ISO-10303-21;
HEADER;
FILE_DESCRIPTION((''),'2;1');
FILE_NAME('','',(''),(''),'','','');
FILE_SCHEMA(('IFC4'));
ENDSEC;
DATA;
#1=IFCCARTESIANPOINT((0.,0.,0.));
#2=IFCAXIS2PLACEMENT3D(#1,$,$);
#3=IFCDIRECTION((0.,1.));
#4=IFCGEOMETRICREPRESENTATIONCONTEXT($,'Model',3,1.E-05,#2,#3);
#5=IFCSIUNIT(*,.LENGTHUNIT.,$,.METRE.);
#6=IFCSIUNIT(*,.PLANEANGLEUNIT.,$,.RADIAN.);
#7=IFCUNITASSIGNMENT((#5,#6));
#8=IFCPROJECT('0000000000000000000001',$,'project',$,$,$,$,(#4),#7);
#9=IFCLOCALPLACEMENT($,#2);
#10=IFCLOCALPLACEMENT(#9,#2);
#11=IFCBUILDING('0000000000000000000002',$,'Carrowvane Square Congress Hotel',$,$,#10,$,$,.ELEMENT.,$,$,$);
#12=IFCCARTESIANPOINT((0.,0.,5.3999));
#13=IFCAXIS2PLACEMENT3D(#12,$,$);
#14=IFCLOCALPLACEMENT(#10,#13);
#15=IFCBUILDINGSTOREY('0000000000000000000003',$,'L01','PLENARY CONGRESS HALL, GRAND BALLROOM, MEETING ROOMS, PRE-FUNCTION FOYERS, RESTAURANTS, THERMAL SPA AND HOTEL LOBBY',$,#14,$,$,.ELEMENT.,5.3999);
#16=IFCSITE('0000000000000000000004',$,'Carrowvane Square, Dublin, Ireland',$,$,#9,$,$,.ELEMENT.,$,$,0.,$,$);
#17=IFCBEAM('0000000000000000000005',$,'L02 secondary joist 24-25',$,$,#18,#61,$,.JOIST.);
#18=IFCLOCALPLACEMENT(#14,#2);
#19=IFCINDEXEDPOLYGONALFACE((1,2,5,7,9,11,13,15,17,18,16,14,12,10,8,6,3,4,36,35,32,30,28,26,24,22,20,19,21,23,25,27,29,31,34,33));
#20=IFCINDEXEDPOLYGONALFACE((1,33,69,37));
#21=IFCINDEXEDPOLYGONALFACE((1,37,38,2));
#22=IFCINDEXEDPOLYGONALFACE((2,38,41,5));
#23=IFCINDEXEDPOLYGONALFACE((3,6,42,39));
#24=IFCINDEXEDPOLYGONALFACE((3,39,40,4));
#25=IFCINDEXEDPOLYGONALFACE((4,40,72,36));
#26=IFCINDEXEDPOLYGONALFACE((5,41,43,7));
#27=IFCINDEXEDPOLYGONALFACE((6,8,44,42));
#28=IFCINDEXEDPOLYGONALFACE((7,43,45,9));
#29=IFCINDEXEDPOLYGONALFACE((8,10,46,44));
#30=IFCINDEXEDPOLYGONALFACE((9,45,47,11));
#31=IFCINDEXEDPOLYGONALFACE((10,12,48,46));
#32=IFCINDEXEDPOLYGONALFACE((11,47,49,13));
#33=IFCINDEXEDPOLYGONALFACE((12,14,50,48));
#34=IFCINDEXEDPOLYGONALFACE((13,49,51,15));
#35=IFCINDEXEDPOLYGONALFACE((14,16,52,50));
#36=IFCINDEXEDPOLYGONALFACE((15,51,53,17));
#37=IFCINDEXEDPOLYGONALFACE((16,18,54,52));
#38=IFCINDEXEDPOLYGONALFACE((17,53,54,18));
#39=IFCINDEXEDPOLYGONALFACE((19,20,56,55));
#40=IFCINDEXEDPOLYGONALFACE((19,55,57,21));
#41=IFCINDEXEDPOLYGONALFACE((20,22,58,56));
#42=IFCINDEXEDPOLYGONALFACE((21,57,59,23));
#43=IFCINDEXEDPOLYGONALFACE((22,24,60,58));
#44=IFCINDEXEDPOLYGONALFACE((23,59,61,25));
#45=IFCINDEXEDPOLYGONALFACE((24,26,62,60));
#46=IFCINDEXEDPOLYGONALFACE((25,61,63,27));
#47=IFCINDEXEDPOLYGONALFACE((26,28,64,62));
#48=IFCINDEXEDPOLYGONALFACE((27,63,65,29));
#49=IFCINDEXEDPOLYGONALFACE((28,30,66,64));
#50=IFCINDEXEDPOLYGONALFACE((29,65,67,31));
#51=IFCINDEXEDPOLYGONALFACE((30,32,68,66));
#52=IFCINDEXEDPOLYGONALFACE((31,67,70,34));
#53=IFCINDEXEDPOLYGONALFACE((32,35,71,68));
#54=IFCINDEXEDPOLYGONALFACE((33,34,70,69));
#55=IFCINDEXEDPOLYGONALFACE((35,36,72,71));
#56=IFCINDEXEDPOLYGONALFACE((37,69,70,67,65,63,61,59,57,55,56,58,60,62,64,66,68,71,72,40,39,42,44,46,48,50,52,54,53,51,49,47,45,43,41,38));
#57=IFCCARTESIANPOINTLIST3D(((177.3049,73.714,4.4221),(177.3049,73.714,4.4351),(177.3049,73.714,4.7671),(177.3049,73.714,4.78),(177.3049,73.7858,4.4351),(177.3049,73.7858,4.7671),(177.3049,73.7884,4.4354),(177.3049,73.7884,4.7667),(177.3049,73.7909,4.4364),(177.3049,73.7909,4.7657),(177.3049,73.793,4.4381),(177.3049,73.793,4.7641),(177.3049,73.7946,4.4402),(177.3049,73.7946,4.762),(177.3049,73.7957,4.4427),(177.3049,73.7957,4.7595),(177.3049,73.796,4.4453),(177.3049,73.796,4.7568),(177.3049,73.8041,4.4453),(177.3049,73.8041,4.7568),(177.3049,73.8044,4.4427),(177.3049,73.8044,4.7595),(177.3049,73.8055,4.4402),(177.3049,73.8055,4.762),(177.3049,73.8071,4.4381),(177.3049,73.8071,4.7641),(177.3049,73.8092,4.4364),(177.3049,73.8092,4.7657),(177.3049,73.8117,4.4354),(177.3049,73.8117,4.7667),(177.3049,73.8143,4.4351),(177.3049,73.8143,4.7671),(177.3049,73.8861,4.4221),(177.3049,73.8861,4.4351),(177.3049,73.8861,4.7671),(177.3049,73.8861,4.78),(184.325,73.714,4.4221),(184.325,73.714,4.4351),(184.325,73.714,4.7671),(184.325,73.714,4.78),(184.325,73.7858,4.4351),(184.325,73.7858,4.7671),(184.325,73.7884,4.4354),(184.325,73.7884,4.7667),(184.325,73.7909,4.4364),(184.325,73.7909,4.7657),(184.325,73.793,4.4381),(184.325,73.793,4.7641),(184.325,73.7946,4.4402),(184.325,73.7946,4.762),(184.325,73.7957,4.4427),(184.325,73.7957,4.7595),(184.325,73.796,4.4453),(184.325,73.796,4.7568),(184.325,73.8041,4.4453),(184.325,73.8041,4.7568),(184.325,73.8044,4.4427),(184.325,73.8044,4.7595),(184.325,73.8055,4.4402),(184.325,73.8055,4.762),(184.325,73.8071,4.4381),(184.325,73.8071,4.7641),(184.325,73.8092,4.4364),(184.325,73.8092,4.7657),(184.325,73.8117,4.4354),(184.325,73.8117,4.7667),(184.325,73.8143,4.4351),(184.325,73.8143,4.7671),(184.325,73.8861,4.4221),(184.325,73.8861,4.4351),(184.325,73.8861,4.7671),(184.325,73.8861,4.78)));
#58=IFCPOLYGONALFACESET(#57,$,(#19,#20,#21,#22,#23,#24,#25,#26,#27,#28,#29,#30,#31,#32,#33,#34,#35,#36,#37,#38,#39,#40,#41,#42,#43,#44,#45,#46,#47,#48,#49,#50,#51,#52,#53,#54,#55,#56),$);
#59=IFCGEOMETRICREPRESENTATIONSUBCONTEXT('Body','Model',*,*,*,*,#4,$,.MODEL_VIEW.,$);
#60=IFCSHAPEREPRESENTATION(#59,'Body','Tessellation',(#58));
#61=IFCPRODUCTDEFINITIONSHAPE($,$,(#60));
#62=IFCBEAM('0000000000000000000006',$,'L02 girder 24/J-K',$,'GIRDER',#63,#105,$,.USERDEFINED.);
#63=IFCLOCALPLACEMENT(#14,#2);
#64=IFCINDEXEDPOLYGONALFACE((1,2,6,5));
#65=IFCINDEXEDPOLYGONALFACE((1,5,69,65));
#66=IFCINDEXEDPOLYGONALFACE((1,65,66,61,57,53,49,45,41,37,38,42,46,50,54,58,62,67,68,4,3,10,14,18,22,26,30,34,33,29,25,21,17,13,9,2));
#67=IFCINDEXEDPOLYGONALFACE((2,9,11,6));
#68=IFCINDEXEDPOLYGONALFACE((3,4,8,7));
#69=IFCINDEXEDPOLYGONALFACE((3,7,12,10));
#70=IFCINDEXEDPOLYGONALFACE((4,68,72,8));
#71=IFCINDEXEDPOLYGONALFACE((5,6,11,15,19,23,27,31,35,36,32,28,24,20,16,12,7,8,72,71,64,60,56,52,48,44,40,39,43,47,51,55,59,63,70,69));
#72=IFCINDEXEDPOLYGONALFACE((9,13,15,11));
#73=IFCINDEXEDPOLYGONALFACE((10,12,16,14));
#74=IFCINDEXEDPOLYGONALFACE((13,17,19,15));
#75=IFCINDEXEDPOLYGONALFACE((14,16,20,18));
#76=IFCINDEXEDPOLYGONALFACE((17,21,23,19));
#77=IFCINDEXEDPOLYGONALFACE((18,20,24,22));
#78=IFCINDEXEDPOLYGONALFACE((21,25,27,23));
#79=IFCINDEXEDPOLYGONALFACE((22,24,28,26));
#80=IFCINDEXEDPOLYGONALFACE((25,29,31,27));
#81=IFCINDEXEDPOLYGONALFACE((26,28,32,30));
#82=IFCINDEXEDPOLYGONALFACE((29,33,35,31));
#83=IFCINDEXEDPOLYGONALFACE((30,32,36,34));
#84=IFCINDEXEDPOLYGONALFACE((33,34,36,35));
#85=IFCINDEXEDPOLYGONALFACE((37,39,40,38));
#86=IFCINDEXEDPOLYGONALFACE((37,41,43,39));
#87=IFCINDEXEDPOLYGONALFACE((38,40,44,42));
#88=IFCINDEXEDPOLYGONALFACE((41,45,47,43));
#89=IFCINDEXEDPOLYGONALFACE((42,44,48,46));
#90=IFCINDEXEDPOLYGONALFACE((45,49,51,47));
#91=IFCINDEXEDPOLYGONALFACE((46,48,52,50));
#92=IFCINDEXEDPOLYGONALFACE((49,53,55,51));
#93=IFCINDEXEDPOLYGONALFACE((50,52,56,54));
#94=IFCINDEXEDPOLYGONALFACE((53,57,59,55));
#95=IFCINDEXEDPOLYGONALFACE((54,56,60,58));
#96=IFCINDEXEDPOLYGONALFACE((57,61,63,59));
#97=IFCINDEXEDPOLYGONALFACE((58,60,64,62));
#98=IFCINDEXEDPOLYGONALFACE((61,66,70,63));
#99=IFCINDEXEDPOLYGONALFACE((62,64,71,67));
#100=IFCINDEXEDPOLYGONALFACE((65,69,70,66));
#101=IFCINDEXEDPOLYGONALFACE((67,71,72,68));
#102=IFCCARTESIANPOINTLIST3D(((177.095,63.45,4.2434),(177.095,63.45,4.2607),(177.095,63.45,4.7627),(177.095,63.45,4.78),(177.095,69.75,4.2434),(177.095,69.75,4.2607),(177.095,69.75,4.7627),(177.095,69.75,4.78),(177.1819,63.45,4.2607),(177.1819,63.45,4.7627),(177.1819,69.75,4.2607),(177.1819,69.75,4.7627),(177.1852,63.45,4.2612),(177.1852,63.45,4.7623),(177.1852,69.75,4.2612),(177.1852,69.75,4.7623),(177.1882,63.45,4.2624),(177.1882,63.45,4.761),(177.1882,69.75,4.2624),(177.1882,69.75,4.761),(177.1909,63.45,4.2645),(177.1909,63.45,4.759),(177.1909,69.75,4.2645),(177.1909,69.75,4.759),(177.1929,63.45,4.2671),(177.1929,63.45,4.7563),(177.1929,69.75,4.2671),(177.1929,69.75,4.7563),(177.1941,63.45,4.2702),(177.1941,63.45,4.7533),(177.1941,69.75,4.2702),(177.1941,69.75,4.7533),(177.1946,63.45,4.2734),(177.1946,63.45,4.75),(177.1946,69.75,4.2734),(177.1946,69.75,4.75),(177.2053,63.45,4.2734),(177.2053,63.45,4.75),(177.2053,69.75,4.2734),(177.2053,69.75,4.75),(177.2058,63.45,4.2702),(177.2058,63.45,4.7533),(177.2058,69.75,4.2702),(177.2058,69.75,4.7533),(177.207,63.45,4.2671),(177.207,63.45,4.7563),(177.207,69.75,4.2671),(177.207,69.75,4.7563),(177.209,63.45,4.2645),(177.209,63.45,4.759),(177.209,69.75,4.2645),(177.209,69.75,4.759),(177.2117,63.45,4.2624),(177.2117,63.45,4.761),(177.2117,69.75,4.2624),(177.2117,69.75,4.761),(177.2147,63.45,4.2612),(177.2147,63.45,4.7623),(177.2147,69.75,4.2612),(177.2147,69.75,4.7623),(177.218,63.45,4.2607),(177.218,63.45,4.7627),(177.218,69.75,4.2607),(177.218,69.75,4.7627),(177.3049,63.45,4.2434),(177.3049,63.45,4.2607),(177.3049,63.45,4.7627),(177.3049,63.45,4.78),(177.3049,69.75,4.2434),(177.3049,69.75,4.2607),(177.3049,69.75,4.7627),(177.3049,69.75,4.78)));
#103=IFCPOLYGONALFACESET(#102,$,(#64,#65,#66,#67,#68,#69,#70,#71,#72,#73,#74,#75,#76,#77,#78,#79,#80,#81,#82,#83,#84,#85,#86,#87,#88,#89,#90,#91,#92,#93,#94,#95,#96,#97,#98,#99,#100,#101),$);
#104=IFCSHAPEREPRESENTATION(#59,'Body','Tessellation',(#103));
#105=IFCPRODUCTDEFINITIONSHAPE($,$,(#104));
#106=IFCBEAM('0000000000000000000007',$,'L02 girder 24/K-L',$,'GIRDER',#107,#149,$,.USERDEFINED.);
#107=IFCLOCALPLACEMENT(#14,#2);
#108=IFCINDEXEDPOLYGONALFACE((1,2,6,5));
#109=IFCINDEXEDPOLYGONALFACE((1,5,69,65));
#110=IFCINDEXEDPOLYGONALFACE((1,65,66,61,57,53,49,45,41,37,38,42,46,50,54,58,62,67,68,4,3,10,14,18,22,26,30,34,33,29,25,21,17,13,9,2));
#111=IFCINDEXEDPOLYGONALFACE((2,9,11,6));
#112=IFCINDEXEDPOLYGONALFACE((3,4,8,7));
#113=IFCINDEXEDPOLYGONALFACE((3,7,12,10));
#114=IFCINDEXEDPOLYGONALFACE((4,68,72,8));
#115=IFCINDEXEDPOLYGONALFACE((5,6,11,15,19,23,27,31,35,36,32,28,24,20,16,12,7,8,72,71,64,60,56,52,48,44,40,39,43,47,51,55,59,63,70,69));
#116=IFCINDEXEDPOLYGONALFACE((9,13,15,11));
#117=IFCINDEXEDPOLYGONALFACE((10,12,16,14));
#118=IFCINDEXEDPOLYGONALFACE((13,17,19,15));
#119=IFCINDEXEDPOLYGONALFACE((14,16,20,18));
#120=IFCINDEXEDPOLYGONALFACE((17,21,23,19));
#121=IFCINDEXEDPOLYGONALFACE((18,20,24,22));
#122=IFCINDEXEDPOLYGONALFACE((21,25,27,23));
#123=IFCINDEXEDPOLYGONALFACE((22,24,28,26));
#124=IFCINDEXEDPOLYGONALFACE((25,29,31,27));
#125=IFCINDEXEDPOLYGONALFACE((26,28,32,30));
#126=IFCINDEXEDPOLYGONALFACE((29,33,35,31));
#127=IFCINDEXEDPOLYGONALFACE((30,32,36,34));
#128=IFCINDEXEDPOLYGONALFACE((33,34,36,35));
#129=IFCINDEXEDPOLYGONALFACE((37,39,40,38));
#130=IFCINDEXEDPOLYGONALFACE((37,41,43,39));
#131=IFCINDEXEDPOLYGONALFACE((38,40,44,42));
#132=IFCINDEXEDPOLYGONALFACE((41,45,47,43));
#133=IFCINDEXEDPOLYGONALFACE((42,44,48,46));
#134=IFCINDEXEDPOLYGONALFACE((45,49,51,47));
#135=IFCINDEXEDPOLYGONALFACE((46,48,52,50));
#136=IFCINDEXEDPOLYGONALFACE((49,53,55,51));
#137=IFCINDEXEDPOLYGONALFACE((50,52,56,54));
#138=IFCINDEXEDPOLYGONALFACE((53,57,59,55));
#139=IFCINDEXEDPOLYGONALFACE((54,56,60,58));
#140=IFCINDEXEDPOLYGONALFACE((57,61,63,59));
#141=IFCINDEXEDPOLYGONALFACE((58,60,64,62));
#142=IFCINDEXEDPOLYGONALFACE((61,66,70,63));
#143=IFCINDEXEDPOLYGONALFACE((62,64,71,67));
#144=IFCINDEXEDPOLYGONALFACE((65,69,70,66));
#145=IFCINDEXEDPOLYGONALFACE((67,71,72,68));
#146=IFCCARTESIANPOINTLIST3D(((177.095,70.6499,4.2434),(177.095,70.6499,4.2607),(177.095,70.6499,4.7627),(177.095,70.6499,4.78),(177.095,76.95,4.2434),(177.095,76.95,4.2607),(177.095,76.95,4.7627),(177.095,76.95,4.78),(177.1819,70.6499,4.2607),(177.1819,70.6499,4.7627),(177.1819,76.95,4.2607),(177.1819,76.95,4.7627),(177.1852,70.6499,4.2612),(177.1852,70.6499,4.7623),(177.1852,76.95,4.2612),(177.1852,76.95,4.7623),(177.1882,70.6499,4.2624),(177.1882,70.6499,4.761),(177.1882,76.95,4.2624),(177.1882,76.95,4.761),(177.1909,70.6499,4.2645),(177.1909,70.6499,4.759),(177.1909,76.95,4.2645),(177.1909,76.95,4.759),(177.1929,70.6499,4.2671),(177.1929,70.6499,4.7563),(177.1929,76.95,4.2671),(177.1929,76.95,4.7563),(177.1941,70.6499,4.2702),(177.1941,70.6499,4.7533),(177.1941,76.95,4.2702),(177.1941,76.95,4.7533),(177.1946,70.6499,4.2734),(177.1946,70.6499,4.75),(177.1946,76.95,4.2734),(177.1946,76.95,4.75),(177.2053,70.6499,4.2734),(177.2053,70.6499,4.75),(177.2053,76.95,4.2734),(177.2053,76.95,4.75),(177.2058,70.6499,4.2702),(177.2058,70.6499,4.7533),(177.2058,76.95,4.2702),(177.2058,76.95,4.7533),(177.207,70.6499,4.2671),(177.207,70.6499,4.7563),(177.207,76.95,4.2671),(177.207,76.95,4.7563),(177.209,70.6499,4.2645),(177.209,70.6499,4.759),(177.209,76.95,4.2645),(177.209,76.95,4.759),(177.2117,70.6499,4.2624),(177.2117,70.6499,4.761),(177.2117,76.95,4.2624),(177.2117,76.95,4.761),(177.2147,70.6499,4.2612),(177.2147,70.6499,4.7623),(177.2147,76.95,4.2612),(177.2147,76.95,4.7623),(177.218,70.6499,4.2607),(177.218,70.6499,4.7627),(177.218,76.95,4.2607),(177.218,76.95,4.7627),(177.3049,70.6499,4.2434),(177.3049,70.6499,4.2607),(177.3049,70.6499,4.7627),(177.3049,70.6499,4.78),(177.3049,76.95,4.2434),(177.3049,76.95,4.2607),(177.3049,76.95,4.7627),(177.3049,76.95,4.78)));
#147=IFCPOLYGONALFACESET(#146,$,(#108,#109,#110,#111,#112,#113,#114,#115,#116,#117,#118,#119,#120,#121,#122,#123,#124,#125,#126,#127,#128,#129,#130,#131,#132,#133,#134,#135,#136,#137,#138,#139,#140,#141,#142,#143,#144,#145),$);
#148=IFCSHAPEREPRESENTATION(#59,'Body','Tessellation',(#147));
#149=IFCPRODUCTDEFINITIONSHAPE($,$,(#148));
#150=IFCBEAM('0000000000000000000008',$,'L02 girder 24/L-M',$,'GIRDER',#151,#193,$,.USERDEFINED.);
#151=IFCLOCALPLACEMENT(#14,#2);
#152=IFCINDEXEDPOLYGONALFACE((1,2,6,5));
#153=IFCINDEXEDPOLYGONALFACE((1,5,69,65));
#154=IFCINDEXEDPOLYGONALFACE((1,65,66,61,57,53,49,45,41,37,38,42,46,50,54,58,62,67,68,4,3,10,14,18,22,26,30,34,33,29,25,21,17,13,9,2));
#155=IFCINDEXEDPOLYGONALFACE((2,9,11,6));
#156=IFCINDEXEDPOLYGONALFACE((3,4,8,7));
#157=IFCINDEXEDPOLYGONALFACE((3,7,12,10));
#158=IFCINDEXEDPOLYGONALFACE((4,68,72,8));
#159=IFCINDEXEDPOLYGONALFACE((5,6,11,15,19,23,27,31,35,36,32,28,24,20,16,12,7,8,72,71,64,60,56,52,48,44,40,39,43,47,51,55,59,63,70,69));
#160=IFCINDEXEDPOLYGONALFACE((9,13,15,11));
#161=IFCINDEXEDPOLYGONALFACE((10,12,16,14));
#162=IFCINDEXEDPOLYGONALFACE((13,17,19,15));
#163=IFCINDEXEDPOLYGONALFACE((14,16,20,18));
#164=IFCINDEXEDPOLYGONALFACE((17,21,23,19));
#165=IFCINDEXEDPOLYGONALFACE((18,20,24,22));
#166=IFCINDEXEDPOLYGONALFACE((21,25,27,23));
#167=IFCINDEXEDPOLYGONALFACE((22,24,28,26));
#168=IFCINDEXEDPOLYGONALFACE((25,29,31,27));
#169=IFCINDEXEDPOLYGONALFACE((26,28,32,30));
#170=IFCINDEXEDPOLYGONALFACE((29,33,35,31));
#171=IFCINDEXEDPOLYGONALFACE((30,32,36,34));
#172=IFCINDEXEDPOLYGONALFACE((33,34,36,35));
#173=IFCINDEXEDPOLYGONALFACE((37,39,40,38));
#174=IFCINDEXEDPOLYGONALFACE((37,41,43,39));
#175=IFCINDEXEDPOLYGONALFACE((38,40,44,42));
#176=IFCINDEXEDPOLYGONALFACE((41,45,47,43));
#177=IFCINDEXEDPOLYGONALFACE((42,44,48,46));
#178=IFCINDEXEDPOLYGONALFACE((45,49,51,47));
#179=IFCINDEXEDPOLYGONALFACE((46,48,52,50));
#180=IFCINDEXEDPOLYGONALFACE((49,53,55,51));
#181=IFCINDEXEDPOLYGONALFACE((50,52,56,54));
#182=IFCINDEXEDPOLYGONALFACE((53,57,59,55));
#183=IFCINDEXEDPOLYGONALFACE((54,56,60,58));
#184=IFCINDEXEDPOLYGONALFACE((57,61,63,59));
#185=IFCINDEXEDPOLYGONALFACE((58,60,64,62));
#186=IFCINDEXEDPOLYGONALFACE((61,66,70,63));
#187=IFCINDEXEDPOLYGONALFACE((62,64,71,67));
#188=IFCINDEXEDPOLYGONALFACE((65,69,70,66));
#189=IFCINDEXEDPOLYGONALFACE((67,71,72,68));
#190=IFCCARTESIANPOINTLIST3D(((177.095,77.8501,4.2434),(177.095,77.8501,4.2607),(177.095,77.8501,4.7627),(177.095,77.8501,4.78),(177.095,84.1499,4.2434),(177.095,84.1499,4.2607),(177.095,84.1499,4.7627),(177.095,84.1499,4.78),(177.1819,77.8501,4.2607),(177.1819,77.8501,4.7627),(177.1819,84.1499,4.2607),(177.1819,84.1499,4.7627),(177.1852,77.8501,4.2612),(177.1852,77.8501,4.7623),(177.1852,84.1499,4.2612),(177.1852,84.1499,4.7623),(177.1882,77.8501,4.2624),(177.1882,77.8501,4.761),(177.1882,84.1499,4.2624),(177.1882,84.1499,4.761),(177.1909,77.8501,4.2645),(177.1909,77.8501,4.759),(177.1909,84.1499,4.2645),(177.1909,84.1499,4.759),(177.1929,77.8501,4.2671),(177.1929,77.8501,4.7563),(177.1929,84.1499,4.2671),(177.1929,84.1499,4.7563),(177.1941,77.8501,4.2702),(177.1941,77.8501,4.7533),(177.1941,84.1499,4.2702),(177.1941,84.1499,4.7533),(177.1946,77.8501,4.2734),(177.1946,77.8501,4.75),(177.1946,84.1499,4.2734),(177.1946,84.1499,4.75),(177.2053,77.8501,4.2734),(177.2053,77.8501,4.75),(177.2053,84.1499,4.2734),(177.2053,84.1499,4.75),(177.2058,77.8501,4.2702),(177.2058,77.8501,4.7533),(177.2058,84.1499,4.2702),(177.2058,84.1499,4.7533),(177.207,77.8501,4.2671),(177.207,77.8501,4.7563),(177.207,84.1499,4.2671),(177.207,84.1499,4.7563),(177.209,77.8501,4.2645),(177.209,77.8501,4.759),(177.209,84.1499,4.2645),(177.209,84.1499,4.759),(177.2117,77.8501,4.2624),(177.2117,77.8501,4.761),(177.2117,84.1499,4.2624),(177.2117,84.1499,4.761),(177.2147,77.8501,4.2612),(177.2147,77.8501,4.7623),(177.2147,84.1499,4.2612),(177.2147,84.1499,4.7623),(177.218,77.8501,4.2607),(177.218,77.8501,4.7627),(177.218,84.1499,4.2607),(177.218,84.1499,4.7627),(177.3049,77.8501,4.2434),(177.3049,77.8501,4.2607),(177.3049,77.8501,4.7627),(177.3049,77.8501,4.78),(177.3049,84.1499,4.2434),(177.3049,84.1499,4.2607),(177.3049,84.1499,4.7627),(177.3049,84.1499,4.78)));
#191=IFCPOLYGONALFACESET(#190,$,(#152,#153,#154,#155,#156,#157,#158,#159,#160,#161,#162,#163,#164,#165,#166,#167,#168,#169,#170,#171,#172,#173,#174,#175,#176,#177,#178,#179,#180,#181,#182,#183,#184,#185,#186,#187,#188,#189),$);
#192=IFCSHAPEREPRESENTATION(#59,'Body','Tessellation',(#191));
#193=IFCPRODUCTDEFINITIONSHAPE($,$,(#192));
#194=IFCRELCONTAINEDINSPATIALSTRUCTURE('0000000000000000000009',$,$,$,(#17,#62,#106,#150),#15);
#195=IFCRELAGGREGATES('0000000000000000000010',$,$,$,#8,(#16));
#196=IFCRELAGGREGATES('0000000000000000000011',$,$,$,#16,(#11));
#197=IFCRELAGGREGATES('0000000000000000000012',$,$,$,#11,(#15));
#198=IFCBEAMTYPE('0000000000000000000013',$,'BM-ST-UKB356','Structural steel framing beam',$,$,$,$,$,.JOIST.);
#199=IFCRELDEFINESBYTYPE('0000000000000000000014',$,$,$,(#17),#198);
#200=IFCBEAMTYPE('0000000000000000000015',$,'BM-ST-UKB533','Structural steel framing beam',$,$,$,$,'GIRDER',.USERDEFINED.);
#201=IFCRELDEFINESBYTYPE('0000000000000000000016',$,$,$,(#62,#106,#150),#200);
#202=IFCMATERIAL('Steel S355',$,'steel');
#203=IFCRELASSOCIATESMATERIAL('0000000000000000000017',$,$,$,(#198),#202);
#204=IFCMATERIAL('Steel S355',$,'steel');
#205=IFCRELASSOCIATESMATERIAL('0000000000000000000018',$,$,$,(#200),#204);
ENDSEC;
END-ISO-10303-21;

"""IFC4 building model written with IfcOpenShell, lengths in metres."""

from ifc_helpers import new_model, si_unit, direction, frame, origin, origin_2d, place, context, subcontext, project, spatial, i_section, extrude, material, material_profile, profile_set, type_object, element, save


model = new_model("IFC4")

# Units and contexts
model_context = context("Model", 3, precision=1e-05, world=origin(), true_north=direction((0.0, 1.0)))
body_context = subcontext(model_context, "Body", "Model", "MODEL_VIEW")
ifc_project = project(units=[si_unit("LENGTHUNIT", "METRE"), si_unit("PLANEANGLEUNIT", "RADIAN")], contexts=[model_context])

# Site, building, storey
site_placement = place(None, origin())
site = spatial("IfcSite", under=ifc_project, at=site_placement, Name="Carrowvane Square, Dublin, Ireland", CompositionType="ELEMENT", RefElevation=0.0)
building_placement = place(site_placement, origin())
building = spatial("IfcBuilding", under=site, at=building_placement, Name="Carrowvane Square Congress Hotel", CompositionType="ELEMENT")
storey_placement = place(building_placement, frame((0.0, 0.0, 5.3999)))
storey = spatial("IfcBuildingStorey", under=building, at=storey_placement, Name="L01", Description="PLENARY CONGRESS HALL, GRAND BALLROOM, MEETING ROOMS, PRE-FUNCTION FOYERS, RESTAURANTS, THERMAL SPA AND HOTEL LOBBY", CompositionType="ELEMENT", Elevation=5.3999)

# Beams
ifc_material_1 = material(Name="Steel S355", Category="steel")
ifc_material_profile_1 = material_profile(ifc_material_1, i_section(OverallWidth=0.1721, OverallDepth=0.3579, WebThickness=0.0081, FlangeThickness=0.0129, FilletRadius=0.0103, at=origin_2d()), Name="UKB 356x171x57")
ifc_profile_set_1 = profile_set([ifc_material_profile_1], Name="Steel S355")
beam_type_1 = type_object("IfcBeamType", Name="BM-ST-UKB356", Description="Structural steel framing beam", PredefinedType="JOIST", material=ifc_profile_set_1)
for number, where, z_axis, x_axis, name in (
    (1, (177.3049, 73.8, 4.6011), (1.0, 0.0, 0.0), (0.0, 1.0, 0.0), "L02 secondary joist 24-25"),
):
    element("IfcBeam", number, at=place(storey_placement, frame(where, z_axis=z_axis, x_axis=x_axis)), inside=storey, type_object=beam_type_1, Name=name, PredefinedType="JOIST", context=body_context, shape_type="SweptSolid", body=[
        extrude(i_section(OverallWidth=0.1721, OverallDepth=0.3579, WebThickness=0.0081, FlangeThickness=0.0129, FilletRadius=0.0103, at=origin_2d()), origin(), (0.0, 0.0, 1.0), 7.02),
    ])
ifc_material_2 = material(Name="Steel S355", Category="steel")
ifc_material_profile_2 = material_profile(ifc_material_2, i_section(OverallWidth=0.21, OverallDepth=0.5366, WebThickness=0.0107, FlangeThickness=0.0173, FilletRadius=0.0127, at=origin_2d()), Name="UKB 533x210x101")
ifc_profile_set_2 = profile_set([ifc_material_profile_2], Name="Steel S355")
beam_type_2 = type_object("IfcBeamType", Name="BM-ST-UKB533", Description="Structural steel framing beam", ElementType="GIRDER", PredefinedType="USERDEFINED", material=ifc_profile_set_2)
for number, where, z_axis, x_axis, name in (
    (2, (177.2, 63.45, 4.5117), (0.0, 1.0, 0.0), (-1.0, 0.0, 0.0), "L02 girder 24/J-K"),
    (3, (177.2, 70.6499, 4.5117), (0.0, 1.0, 0.0), (-1.0, 0.0, 0.0), "L02 girder 24/K-L"),
):
    element("IfcBeam", number, at=place(storey_placement, frame(where, z_axis=z_axis, x_axis=x_axis)), inside=storey, type_object=beam_type_2, Name=name, ObjectType="GIRDER", PredefinedType="USERDEFINED", context=body_context, shape_type="SweptSolid", body=[
        extrude(i_section(OverallWidth=0.21, OverallDepth=0.5366, WebThickness=0.0107, FlangeThickness=0.0173, FilletRadius=0.0127, at=origin_2d()), origin(), (0.0, 0.0, 1.0), 6.3),
    ])
beam_1_placement = place(storey_placement, frame((177.2, 77.8501, 4.5117), z_axis=(0.0, 1.0, 0.0), x_axis=(-1.0, 0.0, 0.0)))
element("IfcBeam", 4, at=beam_1_placement, inside=storey, type_object=beam_type_2, Name="L02 girder 24/L-M", ObjectType="GIRDER", PredefinedType="USERDEFINED", context=body_context, shape_type="SweptSolid", body=[
    extrude(i_section(OverallWidth=0.21, OverallDepth=0.5366, WebThickness=0.0107, FlangeThickness=0.0173, FilletRadius=0.0127, at=origin_2d()), origin(), (0.0, 0.0, 1.0), 6.2998),
])

save(model, "model.ifc")
